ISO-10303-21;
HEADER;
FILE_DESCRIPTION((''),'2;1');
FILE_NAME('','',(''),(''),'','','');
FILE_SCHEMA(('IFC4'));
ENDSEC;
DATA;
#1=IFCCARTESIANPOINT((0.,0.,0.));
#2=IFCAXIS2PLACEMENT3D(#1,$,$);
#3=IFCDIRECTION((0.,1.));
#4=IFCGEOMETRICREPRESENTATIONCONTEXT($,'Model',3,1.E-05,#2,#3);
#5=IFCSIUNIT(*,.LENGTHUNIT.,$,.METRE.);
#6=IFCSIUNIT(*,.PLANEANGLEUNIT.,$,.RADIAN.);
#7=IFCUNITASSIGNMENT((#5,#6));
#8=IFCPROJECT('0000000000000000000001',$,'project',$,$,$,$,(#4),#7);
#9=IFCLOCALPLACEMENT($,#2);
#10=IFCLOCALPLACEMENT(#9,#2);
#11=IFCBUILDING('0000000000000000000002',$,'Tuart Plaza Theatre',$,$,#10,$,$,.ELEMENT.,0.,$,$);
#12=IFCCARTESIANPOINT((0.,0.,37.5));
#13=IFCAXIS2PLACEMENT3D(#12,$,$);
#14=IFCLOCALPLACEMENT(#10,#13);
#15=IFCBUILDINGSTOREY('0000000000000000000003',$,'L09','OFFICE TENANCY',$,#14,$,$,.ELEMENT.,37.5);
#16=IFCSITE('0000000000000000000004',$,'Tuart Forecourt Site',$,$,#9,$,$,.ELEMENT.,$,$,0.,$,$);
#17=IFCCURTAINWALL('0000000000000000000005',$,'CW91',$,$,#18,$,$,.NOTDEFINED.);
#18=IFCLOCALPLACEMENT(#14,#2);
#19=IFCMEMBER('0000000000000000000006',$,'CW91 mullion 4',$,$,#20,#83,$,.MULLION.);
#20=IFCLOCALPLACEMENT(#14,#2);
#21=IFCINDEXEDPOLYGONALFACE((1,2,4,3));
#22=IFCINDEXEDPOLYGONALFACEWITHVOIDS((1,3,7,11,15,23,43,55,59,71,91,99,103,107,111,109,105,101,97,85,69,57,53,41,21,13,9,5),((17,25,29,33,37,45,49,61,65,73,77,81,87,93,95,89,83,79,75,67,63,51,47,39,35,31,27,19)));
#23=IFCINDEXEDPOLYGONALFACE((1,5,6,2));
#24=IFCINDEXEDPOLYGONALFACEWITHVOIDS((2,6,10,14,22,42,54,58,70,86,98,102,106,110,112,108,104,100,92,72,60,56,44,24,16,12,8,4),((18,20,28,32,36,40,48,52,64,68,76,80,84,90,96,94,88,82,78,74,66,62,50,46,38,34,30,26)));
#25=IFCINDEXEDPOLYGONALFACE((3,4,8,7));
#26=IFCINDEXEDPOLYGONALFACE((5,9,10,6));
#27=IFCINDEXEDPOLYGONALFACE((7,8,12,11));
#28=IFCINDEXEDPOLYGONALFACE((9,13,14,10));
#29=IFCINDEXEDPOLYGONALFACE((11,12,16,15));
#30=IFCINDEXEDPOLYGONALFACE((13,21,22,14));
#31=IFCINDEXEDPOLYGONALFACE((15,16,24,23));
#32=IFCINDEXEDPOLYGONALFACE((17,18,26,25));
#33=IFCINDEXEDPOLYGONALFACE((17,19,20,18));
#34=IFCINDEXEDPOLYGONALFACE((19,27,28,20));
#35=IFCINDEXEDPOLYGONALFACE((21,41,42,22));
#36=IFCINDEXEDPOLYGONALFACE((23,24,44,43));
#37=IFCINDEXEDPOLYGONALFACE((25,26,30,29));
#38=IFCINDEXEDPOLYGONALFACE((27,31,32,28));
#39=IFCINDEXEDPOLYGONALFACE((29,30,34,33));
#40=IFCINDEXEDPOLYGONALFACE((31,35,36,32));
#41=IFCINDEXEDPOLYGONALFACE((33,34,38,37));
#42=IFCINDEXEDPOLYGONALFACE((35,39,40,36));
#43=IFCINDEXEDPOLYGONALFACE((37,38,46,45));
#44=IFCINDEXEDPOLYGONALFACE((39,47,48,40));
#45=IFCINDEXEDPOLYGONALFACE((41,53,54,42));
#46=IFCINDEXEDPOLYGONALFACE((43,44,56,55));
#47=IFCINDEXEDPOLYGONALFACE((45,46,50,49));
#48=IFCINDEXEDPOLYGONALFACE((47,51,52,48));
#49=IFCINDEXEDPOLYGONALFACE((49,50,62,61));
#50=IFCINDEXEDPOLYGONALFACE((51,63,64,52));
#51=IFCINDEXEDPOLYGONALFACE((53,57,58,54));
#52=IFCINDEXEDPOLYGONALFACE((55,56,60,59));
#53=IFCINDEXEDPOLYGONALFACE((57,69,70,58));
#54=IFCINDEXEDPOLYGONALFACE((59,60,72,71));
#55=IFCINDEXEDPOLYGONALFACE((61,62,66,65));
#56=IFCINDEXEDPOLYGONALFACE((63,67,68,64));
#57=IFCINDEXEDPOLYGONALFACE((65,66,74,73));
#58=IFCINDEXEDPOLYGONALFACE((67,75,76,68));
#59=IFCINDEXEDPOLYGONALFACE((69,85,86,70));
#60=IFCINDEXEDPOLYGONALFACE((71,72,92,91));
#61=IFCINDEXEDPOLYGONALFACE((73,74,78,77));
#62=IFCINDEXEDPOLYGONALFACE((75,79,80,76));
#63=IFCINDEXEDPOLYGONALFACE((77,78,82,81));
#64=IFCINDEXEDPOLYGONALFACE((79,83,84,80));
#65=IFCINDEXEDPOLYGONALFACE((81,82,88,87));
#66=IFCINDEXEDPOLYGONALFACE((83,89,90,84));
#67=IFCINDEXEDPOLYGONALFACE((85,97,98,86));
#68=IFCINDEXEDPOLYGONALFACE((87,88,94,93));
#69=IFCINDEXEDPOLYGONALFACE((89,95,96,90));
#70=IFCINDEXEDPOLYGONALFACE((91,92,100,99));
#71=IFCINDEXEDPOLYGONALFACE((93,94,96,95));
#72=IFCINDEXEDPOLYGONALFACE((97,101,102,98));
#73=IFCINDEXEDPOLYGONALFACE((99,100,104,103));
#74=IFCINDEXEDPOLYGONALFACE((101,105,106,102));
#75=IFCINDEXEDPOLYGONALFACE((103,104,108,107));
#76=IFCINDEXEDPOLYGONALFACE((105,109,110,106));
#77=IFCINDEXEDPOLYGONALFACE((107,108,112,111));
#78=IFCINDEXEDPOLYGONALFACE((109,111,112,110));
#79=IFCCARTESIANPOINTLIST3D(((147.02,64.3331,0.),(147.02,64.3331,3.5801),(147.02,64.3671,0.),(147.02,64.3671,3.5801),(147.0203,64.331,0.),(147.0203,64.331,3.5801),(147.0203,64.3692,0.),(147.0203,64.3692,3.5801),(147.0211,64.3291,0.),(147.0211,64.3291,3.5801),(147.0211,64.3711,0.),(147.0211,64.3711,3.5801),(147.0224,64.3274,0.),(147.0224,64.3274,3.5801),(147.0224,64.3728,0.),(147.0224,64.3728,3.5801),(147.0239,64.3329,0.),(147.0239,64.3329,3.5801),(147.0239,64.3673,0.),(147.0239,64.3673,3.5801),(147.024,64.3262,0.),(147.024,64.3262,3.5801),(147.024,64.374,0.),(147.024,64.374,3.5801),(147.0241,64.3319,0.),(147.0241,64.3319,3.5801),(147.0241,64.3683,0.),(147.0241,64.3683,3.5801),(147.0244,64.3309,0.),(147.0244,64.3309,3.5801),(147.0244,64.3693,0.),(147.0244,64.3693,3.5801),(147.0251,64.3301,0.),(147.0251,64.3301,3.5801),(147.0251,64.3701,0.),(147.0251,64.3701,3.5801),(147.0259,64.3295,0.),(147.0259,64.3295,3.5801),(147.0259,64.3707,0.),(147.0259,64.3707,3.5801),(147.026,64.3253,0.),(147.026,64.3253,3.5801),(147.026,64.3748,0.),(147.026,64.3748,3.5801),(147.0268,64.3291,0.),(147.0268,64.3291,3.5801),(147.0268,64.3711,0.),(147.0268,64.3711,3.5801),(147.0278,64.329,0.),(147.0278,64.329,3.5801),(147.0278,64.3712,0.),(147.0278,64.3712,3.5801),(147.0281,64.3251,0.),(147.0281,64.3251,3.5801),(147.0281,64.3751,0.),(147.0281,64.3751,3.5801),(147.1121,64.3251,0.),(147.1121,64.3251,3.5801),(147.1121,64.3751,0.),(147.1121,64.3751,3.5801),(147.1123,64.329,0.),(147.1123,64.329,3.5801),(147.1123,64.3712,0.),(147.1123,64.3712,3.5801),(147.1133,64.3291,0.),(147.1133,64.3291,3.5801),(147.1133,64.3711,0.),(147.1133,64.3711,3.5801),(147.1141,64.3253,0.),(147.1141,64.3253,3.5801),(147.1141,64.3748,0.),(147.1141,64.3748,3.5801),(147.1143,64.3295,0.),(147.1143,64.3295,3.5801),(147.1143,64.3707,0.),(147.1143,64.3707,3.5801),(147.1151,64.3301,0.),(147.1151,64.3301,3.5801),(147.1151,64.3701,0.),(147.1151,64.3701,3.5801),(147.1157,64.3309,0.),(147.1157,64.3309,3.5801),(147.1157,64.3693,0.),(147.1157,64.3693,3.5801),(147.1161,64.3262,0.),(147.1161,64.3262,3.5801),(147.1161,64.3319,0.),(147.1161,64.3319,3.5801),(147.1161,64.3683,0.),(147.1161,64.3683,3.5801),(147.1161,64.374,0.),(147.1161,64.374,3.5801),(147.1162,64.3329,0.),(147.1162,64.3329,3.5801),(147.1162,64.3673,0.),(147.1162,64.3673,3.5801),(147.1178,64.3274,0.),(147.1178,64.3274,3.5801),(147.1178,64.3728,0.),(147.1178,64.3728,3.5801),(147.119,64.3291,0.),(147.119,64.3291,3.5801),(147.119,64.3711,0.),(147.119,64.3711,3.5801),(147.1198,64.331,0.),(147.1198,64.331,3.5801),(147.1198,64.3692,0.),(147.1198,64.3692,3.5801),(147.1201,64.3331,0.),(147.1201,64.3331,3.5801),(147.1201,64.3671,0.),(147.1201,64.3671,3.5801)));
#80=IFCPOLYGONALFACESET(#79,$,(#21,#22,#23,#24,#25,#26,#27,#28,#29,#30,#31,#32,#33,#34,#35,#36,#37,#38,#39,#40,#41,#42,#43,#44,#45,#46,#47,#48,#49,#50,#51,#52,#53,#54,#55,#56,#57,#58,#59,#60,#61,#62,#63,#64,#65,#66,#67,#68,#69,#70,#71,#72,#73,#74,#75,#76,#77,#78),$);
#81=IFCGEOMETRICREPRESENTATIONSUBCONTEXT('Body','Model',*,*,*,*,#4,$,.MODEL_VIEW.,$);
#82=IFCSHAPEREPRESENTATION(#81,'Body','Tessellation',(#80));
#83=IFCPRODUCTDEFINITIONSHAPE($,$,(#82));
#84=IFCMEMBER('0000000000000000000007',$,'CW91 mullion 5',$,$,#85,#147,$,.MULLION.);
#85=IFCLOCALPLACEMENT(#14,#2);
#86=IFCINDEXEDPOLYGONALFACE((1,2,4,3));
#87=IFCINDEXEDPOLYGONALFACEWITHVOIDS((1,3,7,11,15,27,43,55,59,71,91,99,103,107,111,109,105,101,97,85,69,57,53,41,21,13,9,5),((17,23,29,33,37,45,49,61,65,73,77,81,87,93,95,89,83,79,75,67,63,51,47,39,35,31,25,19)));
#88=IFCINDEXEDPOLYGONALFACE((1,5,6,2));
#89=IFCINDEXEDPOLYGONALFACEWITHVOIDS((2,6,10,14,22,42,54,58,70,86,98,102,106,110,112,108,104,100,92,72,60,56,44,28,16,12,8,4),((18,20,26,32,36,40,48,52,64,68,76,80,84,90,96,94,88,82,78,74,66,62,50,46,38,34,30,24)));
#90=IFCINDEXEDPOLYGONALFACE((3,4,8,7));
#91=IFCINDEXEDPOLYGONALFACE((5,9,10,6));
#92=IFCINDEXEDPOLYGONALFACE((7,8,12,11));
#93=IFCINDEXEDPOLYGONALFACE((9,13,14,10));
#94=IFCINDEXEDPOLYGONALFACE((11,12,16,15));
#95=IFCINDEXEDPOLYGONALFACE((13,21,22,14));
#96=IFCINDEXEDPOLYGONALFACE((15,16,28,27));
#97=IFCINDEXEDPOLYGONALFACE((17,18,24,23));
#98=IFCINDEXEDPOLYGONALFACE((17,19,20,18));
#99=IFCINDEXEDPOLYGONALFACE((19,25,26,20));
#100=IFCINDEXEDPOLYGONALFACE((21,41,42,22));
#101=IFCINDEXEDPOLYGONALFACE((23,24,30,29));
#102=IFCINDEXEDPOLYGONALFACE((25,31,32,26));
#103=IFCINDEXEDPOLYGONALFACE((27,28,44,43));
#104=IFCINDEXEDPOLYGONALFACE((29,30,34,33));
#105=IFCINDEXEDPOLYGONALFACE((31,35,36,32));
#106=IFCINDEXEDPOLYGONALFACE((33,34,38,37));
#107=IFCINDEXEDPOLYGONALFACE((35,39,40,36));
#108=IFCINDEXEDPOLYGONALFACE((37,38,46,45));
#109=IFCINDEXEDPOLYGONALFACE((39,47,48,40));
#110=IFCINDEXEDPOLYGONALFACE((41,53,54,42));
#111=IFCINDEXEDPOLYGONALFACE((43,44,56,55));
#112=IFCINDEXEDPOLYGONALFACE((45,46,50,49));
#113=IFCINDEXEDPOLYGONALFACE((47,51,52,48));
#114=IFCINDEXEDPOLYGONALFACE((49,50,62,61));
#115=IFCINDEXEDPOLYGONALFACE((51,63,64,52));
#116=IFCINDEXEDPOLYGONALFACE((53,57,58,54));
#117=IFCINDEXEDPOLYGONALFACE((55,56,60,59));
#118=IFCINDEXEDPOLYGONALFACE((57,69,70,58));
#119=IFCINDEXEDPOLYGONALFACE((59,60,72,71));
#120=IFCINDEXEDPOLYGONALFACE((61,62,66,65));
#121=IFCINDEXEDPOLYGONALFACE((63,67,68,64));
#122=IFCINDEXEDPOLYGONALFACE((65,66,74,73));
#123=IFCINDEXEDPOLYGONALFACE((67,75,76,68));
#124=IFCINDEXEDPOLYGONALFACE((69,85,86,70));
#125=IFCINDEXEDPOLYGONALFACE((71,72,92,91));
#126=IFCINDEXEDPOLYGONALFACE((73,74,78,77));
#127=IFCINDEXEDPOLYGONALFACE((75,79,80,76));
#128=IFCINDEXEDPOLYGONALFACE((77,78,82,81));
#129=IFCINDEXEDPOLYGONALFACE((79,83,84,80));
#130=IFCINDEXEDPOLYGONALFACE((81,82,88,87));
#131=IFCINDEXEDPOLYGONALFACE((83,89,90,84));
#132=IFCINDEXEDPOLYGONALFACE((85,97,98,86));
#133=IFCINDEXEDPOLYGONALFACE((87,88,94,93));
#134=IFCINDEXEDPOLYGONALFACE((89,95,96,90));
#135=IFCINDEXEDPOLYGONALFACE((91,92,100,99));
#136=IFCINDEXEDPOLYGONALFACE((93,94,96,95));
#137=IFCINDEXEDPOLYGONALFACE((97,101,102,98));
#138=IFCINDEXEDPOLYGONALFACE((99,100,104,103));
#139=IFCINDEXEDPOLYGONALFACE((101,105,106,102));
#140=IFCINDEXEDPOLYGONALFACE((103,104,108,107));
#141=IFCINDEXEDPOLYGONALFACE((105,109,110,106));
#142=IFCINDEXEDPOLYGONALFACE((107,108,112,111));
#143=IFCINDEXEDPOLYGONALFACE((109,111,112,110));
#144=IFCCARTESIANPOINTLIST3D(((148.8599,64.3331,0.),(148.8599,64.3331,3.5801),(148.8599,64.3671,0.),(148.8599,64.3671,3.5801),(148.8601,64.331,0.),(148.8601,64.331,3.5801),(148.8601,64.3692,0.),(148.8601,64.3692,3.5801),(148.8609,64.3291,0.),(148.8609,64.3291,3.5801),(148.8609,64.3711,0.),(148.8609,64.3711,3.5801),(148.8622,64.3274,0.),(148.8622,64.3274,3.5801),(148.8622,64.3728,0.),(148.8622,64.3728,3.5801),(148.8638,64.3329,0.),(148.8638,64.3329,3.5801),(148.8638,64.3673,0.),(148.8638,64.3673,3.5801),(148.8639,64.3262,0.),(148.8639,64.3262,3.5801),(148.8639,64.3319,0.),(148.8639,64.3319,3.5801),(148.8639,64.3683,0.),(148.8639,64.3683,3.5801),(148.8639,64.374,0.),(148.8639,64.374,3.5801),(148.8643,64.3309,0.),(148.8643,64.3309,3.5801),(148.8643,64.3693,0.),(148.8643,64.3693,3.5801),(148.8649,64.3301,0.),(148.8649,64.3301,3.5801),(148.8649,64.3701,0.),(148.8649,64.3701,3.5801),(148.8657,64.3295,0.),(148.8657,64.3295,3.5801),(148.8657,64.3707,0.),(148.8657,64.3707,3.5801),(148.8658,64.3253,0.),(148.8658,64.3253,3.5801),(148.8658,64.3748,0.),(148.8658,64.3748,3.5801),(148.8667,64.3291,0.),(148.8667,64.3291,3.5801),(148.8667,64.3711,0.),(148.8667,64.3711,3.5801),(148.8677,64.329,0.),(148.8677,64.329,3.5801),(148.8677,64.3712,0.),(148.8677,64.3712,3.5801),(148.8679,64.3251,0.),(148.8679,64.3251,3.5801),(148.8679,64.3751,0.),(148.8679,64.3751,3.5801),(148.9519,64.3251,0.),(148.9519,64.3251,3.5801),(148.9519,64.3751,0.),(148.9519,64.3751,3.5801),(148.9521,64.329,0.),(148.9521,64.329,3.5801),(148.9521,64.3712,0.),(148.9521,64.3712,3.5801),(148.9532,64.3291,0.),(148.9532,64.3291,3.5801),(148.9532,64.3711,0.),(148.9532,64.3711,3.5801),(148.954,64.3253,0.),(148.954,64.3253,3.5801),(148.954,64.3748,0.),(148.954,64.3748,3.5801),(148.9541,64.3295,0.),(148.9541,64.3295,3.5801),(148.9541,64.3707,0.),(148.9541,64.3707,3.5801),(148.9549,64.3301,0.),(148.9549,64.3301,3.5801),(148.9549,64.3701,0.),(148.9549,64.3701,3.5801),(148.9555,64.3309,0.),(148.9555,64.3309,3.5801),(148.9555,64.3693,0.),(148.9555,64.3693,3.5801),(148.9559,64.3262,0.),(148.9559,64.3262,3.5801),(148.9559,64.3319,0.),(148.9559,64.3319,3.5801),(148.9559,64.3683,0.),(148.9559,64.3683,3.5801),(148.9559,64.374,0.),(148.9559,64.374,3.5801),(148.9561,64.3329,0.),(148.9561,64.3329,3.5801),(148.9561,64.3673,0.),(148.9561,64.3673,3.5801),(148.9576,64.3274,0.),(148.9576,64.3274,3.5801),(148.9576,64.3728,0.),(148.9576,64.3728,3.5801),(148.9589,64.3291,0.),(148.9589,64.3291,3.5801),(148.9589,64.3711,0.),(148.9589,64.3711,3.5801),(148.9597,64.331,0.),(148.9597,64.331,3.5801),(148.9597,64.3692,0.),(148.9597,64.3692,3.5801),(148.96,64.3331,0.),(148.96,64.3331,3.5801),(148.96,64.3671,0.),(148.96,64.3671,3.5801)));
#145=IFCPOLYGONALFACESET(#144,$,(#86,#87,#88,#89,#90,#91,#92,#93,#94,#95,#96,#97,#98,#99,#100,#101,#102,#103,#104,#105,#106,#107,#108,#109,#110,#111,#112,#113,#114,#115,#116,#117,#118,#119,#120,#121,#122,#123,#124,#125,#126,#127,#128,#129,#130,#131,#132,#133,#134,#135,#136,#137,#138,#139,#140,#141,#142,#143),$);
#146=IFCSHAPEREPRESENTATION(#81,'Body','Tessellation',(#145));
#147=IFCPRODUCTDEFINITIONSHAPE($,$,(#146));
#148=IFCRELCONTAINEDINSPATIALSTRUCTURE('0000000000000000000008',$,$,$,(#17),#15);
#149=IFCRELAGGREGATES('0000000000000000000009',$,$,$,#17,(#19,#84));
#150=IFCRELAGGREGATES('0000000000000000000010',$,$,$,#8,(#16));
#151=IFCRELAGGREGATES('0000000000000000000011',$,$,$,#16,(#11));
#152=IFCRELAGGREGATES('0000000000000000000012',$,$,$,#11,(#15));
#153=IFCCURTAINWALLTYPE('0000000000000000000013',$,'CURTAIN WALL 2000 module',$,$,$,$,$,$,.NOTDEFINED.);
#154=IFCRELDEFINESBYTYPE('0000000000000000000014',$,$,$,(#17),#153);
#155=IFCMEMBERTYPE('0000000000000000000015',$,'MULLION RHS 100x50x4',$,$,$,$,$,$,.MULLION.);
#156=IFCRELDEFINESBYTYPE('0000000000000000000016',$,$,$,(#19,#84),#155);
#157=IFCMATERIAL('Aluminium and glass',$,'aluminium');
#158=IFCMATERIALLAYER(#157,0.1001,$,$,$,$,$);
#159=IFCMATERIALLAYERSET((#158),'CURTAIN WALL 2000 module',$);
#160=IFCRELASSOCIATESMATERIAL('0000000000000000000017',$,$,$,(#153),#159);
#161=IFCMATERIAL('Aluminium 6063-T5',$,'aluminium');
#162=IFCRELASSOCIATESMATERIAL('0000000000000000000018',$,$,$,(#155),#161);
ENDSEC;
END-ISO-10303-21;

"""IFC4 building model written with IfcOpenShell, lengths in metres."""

from ifc_helpers import new_model, si_unit, direction, frame, origin, origin_2d, place, context, subcontext, project, spatial, hollow_rectangle, extrude, material, layer, layer_set, material_profile, profile_set, type_object, element, aggregate, save


model = new_model("IFC4")

# Units and contexts
model_context = context("Model", 3, precision=1e-05, world=origin(), true_north=direction((0.0, 1.0)))
body_context = subcontext(model_context, "Body", "Model", "MODEL_VIEW")
ifc_project = project(units=[si_unit("LENGTHUNIT", "METRE"), si_unit("PLANEANGLEUNIT", "RADIAN")], contexts=[model_context])

# Site, building, storey
site_placement = place(None, origin())
site = spatial("IfcSite", under=ifc_project, at=site_placement, Name="Tuart Forecourt Site", CompositionType="ELEMENT", RefElevation=0.0)
building_placement = place(site_placement, origin())
building = spatial("IfcBuilding", under=site, at=building_placement, Name="Tuart Plaza Theatre", CompositionType="ELEMENT", ElevationOfRefHeight=0.0)
storey_placement = place(building_placement, frame((0.0, 0.0, 37.5)))
storey = spatial("IfcBuildingStorey", under=building, at=storey_placement, Name="L09", Description="OFFICE TENANCY", CompositionType="ELEMENT", Elevation=37.5)

# Curtain wall, members
ifc_material_1 = material(Name="Aluminium and glass", Category="aluminium")
ifc_layer_1 = layer(ifc_material_1, 0.1001)
ifc_layer_set_1 = layer_set([ifc_layer_1], Name="CURTAIN WALL 2000 module")
curtain_wall_type = type_object("IfcCurtainWallType", Name="CURTAIN WALL 2000 module", PredefinedType="NOTDEFINED", material=ifc_layer_set_1)
curtain_wall_placement = place(storey_placement, origin())
curtain_wall = element("IfcCurtainWall", 1, at=curtain_wall_placement, inside=storey, type_object=curtain_wall_type, Name="CW91", PredefinedType="NOTDEFINED")
ifc_material_2 = material(Name="Aluminium 6063-T5", Category="aluminium")
ifc_material_profile_1 = material_profile(ifc_material_2, hollow_rectangle(XDim=0.05, YDim=0.1001, WallThickness=0.0039, InnerFilletRadius=0.0039, OuterFilletRadius=0.0081, at=origin_2d()), Name="RHS 100x50x4")
ifc_profile_set_1 = profile_set([ifc_material_profile_1], Name="Aluminium 6063-T5")
member_type_1 = type_object("IfcMemberType", Name="MULLION RHS 100x50x4", PredefinedType="MULLION", material=ifc_profile_set_1)
member_1_placement = place(storey_placement, frame((147.0701, 64.3501, 0.0), z_axis=(0.0, 0.0, 1.0), x_axis=(0.0, 1.0, 0.0)))
member_1 = element("IfcMember", 2, at=member_1_placement, type_object=member_type_1, Name="CW91 mullion 4", PredefinedType="MULLION", context=body_context, shape_type="SweptSolid", body=[
    extrude(hollow_rectangle(XDim=0.05, YDim=0.1001, WallThickness=0.0039, InnerFilletRadius=0.0039, OuterFilletRadius=0.0081, at=origin_2d()), origin(), (0.0, 0.0, 1.0), 3.5801),
])
member_2_placement = place(storey_placement, frame((148.9099, 64.3501, 0.0), z_axis=(0.0, 0.0, 1.0), x_axis=(0.0, 1.0, 0.0)))
member_2 = element("IfcMember", 3, at=member_2_placement, type_object=member_type_1, Name="CW91 mullion 5", PredefinedType="MULLION", context=body_context, shape_type="SweptSolid", body=[
    extrude(hollow_rectangle(XDim=0.05, YDim=0.1001, WallThickness=0.0039, InnerFilletRadius=0.0039, OuterFilletRadius=0.0081, at=origin_2d()), origin(), (0.0, 0.0, 1.0), 3.5801),
])
aggregate(curtain_wall, [member_1, member_2])

save(model, "model.ifc")
